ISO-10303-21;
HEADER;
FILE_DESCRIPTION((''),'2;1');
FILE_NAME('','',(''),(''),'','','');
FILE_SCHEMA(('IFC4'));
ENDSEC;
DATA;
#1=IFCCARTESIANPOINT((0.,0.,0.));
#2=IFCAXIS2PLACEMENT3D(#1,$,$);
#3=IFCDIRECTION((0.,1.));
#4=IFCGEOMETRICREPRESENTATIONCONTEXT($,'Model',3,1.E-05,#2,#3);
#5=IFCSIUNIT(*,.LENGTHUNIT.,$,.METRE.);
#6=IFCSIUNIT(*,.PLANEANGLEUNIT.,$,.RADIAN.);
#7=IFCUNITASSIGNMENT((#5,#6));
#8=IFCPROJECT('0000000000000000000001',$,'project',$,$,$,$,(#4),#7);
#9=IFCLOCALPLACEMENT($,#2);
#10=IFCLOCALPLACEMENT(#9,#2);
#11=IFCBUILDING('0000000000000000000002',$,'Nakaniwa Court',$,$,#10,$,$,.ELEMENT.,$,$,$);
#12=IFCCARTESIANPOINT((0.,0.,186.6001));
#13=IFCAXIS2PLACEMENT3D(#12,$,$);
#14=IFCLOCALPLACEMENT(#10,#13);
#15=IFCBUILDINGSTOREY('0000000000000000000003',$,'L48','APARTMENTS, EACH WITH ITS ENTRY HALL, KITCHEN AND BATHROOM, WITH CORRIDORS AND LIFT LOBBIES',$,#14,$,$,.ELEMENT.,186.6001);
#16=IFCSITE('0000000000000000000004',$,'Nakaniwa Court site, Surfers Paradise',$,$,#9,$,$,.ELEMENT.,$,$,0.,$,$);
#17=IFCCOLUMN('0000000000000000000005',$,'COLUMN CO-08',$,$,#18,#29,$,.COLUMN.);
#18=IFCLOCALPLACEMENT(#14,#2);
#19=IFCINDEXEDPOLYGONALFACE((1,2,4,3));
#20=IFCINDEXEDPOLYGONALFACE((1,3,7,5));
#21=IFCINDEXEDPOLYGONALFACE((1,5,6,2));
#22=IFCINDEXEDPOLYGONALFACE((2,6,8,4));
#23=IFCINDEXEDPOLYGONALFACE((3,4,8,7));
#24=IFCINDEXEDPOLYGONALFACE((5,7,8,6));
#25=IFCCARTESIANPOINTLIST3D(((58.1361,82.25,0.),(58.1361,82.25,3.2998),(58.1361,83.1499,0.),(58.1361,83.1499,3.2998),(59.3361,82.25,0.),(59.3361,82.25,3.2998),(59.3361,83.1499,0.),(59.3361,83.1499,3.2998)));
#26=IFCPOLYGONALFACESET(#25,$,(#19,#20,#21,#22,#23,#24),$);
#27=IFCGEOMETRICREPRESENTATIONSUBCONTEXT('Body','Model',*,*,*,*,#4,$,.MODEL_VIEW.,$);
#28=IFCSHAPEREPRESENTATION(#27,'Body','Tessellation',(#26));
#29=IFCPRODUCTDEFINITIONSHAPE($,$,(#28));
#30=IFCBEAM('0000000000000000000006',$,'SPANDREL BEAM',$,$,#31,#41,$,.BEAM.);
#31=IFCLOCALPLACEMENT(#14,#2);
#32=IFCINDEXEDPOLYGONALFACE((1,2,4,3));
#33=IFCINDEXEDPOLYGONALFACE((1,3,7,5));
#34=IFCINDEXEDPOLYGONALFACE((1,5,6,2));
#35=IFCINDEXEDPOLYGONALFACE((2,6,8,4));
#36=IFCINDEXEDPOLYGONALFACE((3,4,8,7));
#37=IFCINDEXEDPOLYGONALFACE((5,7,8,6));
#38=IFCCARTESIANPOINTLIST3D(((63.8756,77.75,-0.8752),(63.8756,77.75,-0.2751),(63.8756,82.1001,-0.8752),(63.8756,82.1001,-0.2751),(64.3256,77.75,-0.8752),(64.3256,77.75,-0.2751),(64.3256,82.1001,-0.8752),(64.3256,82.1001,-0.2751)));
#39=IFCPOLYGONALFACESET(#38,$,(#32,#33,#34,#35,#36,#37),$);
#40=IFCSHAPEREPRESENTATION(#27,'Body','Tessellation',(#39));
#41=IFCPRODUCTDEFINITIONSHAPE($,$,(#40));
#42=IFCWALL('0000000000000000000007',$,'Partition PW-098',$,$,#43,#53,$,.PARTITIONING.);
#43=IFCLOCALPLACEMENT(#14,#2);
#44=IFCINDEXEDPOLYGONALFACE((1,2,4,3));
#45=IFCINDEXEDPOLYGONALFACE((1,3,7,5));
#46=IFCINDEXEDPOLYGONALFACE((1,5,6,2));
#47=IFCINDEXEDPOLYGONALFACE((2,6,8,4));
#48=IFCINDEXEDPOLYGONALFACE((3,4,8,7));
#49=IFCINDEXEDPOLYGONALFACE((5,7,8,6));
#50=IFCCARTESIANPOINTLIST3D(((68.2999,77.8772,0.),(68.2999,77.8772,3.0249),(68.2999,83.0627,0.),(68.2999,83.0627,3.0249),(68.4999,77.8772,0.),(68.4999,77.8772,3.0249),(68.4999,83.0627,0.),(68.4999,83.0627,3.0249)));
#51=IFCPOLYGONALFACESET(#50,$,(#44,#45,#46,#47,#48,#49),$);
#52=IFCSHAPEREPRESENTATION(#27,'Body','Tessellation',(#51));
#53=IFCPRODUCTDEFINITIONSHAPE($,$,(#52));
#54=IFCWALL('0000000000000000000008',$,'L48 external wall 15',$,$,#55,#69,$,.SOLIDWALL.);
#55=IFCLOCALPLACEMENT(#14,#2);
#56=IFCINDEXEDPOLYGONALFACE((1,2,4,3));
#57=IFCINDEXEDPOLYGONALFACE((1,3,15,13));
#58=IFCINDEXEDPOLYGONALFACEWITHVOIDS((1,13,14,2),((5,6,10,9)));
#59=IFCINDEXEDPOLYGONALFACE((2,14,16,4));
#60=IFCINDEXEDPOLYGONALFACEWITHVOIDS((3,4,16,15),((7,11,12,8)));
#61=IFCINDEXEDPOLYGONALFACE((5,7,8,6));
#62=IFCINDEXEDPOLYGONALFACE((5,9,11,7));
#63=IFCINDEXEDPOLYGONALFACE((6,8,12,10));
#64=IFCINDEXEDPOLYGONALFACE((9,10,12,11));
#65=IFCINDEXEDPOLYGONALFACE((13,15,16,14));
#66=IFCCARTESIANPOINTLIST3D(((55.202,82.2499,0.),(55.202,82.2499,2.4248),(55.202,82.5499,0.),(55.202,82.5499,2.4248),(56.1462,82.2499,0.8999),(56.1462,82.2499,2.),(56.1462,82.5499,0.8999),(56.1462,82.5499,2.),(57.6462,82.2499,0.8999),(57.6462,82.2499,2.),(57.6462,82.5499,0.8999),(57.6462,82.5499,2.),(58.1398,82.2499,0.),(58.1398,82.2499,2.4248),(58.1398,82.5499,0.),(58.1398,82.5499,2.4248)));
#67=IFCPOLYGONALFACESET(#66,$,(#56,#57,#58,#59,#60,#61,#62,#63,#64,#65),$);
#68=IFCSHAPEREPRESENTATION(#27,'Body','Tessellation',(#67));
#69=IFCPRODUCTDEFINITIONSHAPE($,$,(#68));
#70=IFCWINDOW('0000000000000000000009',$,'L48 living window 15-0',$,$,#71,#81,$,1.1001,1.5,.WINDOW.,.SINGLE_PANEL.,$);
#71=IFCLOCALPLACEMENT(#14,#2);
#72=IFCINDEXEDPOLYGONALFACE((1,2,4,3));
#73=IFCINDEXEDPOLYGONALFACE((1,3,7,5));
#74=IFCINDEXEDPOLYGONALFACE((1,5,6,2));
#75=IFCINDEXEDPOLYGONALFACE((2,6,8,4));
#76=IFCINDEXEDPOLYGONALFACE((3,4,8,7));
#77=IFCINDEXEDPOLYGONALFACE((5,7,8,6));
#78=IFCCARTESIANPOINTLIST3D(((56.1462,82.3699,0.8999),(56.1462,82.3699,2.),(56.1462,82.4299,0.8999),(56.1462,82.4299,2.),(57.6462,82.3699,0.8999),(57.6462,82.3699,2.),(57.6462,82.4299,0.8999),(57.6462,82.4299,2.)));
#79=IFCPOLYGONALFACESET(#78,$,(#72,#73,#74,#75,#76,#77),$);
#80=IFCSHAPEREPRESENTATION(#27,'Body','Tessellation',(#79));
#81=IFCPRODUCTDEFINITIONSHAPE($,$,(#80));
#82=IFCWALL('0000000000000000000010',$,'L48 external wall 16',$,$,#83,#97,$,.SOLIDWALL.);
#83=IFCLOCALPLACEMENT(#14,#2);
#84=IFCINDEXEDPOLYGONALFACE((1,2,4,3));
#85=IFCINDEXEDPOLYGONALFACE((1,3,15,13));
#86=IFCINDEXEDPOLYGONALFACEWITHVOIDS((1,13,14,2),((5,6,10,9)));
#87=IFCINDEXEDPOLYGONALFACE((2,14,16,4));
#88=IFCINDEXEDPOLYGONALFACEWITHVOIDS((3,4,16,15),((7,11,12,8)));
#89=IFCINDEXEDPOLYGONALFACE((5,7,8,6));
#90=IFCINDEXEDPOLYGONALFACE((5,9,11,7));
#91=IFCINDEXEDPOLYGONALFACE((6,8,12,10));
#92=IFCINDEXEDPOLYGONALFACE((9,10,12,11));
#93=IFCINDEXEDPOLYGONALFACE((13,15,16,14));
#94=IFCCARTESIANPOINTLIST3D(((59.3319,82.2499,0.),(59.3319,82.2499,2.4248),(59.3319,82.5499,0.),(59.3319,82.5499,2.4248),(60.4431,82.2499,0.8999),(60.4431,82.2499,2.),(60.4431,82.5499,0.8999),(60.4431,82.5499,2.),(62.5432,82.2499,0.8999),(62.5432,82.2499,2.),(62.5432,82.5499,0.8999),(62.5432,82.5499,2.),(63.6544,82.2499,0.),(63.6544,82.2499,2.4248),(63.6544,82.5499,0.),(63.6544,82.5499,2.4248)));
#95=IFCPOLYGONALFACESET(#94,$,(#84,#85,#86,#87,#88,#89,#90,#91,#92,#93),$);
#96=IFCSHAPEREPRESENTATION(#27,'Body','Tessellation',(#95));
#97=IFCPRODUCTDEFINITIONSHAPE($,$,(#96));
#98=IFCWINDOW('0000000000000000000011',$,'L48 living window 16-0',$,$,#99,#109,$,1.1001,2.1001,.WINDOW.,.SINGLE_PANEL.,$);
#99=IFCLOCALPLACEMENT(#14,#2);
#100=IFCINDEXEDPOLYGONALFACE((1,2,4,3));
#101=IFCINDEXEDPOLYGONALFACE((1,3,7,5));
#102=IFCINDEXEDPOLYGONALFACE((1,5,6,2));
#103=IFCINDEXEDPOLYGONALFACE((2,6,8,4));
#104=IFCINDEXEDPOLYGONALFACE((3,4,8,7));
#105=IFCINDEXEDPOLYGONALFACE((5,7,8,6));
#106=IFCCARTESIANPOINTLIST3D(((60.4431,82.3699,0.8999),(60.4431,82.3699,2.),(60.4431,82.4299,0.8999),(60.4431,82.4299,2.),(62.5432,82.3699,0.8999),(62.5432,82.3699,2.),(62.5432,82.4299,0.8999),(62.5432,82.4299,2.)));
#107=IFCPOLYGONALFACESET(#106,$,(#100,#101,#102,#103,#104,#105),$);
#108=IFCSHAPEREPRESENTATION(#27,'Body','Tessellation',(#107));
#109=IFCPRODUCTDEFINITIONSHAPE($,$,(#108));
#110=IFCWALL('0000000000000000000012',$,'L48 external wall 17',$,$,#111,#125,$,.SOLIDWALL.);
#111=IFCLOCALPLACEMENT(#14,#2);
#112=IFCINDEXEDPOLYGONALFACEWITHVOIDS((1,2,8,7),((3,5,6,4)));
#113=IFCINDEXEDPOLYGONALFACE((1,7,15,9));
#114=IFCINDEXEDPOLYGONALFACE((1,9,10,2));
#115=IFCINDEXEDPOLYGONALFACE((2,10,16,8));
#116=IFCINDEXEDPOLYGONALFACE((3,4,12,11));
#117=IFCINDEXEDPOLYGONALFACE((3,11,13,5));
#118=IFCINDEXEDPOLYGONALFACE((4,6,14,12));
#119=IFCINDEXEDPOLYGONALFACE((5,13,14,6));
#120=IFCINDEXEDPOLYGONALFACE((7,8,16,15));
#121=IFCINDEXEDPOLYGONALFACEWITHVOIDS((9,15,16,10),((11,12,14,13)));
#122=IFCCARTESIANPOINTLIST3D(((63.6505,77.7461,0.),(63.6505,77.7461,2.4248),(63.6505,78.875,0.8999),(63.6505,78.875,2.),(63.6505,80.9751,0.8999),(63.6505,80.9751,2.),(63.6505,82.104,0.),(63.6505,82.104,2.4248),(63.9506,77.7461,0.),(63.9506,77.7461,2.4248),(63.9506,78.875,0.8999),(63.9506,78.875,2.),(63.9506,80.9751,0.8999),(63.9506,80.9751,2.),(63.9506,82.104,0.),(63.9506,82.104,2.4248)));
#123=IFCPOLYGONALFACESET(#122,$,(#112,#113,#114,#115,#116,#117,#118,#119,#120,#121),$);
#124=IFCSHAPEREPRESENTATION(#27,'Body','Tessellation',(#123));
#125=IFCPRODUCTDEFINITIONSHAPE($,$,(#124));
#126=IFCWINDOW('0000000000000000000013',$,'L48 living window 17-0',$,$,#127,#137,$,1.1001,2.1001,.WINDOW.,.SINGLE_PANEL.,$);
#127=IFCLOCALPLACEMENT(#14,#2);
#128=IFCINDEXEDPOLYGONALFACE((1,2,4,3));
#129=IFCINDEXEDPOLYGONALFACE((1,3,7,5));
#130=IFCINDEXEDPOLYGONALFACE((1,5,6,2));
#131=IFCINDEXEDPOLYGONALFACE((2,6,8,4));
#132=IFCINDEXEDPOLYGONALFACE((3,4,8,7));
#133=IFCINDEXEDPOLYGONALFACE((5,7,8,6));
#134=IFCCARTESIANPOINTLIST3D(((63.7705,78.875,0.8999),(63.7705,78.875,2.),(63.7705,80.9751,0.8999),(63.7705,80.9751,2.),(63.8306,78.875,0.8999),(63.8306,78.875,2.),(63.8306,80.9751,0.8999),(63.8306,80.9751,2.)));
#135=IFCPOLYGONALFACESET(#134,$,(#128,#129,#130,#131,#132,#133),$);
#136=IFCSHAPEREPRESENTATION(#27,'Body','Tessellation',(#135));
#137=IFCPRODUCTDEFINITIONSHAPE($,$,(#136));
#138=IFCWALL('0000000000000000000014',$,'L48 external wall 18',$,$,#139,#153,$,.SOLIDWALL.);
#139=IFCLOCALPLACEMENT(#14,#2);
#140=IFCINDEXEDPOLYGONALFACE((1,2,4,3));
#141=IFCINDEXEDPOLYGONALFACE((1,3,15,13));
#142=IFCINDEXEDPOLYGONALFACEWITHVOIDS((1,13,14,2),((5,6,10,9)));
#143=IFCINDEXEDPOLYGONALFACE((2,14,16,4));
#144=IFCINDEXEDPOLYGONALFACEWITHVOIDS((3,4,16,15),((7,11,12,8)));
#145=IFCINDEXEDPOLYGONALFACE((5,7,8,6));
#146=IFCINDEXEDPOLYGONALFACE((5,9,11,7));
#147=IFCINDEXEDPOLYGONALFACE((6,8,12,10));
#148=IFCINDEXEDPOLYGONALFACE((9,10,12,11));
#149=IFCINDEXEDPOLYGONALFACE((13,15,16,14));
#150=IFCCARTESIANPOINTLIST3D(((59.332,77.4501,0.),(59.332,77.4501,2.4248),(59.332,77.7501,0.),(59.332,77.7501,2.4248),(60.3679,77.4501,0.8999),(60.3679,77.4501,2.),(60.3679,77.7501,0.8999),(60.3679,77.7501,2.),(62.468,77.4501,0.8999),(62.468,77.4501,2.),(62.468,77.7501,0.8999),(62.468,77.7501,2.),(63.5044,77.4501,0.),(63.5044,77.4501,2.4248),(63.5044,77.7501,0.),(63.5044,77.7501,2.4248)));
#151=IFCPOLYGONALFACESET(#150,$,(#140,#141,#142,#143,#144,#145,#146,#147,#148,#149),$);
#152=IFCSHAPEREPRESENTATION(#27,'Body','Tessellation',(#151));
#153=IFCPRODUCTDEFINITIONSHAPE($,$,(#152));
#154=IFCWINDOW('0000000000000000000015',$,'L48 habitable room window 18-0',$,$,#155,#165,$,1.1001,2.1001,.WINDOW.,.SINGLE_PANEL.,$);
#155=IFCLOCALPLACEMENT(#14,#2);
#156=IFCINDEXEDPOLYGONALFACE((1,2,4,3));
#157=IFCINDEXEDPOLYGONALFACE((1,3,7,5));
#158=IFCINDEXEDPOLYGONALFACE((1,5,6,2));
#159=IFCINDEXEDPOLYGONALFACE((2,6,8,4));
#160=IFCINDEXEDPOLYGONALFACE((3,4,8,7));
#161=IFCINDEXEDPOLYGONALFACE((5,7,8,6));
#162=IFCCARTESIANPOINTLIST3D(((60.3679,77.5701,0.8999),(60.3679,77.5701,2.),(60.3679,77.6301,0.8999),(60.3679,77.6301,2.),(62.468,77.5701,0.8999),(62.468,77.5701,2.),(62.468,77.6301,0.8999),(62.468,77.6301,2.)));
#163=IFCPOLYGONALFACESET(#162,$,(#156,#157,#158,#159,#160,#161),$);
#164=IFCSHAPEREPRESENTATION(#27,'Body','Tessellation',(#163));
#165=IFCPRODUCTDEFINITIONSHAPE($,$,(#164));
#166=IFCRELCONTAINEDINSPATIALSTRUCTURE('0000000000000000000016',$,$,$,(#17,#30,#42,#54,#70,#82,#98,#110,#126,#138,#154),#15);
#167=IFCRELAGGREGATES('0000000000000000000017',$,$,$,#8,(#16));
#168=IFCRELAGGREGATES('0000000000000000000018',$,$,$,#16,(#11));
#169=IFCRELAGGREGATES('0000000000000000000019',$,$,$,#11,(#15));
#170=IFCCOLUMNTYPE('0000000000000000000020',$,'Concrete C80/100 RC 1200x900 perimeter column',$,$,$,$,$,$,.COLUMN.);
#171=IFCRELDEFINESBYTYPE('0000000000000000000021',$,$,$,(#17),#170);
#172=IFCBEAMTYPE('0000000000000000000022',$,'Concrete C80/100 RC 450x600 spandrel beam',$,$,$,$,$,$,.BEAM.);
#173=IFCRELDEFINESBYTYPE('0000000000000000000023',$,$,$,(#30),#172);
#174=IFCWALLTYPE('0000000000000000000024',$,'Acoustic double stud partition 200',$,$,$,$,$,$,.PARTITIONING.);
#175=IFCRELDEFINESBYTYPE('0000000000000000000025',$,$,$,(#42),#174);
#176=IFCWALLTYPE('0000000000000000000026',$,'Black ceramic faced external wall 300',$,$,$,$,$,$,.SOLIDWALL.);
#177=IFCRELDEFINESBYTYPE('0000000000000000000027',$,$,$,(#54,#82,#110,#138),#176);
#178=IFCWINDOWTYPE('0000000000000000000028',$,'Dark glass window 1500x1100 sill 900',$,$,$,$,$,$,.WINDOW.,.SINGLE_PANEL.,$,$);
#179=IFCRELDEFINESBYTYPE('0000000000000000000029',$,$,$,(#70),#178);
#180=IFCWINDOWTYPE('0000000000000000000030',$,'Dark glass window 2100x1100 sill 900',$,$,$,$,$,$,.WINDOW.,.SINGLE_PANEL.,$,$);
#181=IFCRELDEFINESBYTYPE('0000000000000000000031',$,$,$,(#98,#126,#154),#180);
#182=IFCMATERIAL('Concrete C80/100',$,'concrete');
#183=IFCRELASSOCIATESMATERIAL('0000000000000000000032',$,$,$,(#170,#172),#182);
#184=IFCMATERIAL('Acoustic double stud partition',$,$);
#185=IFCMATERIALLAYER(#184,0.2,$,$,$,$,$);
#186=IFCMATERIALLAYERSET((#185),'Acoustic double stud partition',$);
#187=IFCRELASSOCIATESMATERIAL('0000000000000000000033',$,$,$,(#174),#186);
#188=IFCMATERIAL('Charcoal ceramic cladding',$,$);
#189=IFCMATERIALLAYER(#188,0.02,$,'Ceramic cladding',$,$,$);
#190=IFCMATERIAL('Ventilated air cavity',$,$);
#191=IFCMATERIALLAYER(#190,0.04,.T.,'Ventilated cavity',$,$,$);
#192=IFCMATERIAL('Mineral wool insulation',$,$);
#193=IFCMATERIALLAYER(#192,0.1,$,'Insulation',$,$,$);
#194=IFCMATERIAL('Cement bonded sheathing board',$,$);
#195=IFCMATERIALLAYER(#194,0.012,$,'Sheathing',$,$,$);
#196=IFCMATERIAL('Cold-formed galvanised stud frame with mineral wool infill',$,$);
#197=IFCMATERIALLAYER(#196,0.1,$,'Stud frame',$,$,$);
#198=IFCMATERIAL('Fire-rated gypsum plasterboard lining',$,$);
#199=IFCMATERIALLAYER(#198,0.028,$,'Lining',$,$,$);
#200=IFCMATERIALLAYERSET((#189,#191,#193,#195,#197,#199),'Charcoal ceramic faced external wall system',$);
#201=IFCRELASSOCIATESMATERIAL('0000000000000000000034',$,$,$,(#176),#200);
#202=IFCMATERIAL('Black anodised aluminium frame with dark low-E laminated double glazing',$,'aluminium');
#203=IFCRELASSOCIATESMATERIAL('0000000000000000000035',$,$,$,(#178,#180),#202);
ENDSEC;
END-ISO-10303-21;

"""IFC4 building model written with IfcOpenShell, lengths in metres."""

from ifc_helpers import new_model, si_unit, direction, frame, frame_2d, origin, origin_2d, place, context, subcontext, project, spatial, rectangle, extrude, material, layer, layer_set, material_profile, profile_set, type_object, element, fill, save


model = new_model("IFC4")

# Units and contexts
model_context = context("Model", 3, precision=1e-05, world=origin(), true_north=direction((0.0, 1.0)))
body_context = subcontext(model_context, "Body", "Model", "MODEL_VIEW")
ifc_project = project(units=[si_unit("LENGTHUNIT", "METRE"), si_unit("PLANEANGLEUNIT", "RADIAN")], contexts=[model_context])

# Site, building, storey
site_placement = place(None, origin())
site = spatial("IfcSite", under=ifc_project, at=site_placement, Name="Nakaniwa Court site, Surfers Paradise", CompositionType="ELEMENT", RefElevation=0.0)
building_placement = place(site_placement, origin())
building = spatial("IfcBuilding", under=site, at=building_placement, Name="Nakaniwa Court", CompositionType="ELEMENT")
storey_placement = place(building_placement, frame((0.0, 0.0, 186.6001)))
storey = spatial("IfcBuildingStorey", under=building, at=storey_placement, Name="L48", Description="APARTMENTS, EACH WITH ITS ENTRY HALL, KITCHEN AND BATHROOM, WITH CORRIDORS AND LIFT LOBBIES", CompositionType="ELEMENT", Elevation=186.6001)

# Column
ifc_material_1 = material(Name="Concrete C80/100", Category="concrete")
ifc_material_profile_1 = material_profile(ifc_material_1, rectangle(XDim=1.2, YDim=0.8999, at=origin_2d()), Name="Concrete C80/100 RC 1200x900 perimeter column")
ifc_profile_set_1 = profile_set([ifc_material_profile_1], Name="Concrete C80/100")
column_type = type_object("IfcColumnType", Name="Concrete C80/100 RC 1200x900 perimeter column", PredefinedType="COLUMN", material=ifc_profile_set_1)
column_placement = place(storey_placement, frame((58.7361, 82.7, 0.0), z_axis=(0.0, 0.0, 1.0), x_axis=(1.0, 0.0, 0.0)))
element("IfcColumn", 1, at=column_placement, inside=storey, type_object=column_type, Name="COLUMN CO-08", PredefinedType="COLUMN", context=body_context, shape_type="SweptSolid", body=[
    extrude(rectangle(XDim=1.2, YDim=0.8999, at=origin_2d()), origin(), (0.0, 0.0, 1.0), 3.2998),
])

# Beam
ifc_material_profile_2 = material_profile(ifc_material_1, rectangle(XDim=0.45, YDim=0.6001, at=origin_2d()), Name="Concrete C80/100 RC 450x600 spandrel beam")
ifc_profile_set_2 = profile_set([ifc_material_profile_2], Name="Concrete C80/100")
beam_type = type_object("IfcBeamType", Name="Concrete C80/100 RC 450x600 spandrel beam", PredefinedType="BEAM", material=ifc_profile_set_2)
beam_placement = place(storey_placement, frame((64.1006, 82.1001, -0.5752), z_axis=(0.0, -1.0, 0.0), x_axis=(1.0, 0.0, 0.0)))
element("IfcBeam", 2, at=beam_placement, inside=storey, type_object=beam_type, Name="SPANDREL BEAM", PredefinedType="BEAM", context=body_context, shape_type="SweptSolid", body=[
    extrude(rectangle(XDim=0.45, YDim=0.6001, at=origin_2d()), origin(), (0.0, 0.0, 1.0), 4.3501),
])

# Wall
ifc_material_2 = material(Name="Acoustic double stud partition")
ifc_layer_1 = layer(ifc_material_2, 0.2)
ifc_layer_set_1 = layer_set([ifc_layer_1], Name="Acoustic double stud partition")
wall_type_1 = type_object("IfcWallType", Name="Acoustic double stud partition 200", PredefinedType="PARTITIONING", material=ifc_layer_set_1)
wall_1_placement = place(storey_placement, frame((68.3999, 77.8772, 0.0), z_axis=(0.0, 0.0, 1.0), x_axis=(0.0, 1.0, 0.0)))
element("IfcWall", 3, at=wall_1_placement, inside=storey, type_object=wall_type_1, Name="Partition PW-098", PredefinedType="PARTITIONING", context=body_context, shape_type="SweptSolid", body=[
    extrude(rectangle(XDim=5.1855, YDim=0.2, at=frame_2d((2.5928, 0.0))), origin(), (0.0, 0.0, 1.0), 3.0249),
])

# Walls, openings, windows
ifc_material_3 = material(Name="Charcoal ceramic cladding")
ifc_layer_2 = layer(ifc_material_3, 0.02, Name="Ceramic cladding")
ifc_material_4 = material(Name="Ventilated air cavity")
ifc_layer_3 = layer(ifc_material_4, 0.04, ventilated=True, Name="Ventilated cavity")
ifc_material_5 = material(Name="Mineral wool insulation")
ifc_layer_4 = layer(ifc_material_5, 0.1, Name="Insulation")
ifc_material_6 = material(Name="Cement bonded sheathing board")
ifc_layer_5 = layer(ifc_material_6, 0.012, Name="Sheathing")
ifc_material_7 = material(Name="Cold-formed galvanised stud frame with mineral wool infill")
ifc_layer_6 = layer(ifc_material_7, 0.1, Name="Stud frame")
ifc_material_8 = material(Name="Fire-rated gypsum plasterboard lining")
ifc_layer_7 = layer(ifc_material_8, 0.028, Name="Lining")
ifc_layer_set_2 = layer_set([ifc_layer_2, ifc_layer_3, ifc_layer_4, ifc_layer_5, ifc_layer_6, ifc_layer_7], Name="Charcoal ceramic faced external wall system")
wall_type_2 = type_object("IfcWallType", Name="Black ceramic faced external wall 300", PredefinedType="SOLIDWALL", material=ifc_layer_set_2)
wall_2_placement = place(storey_placement, frame((55.2021, 82.3999, 0.0), z_axis=(0.0, 0.0, 1.0), x_axis=(1.0, 0.0, 0.0)))
wall_2 = element("IfcWall", 4, at=wall_2_placement, inside=storey, type_object=wall_type_2, Name="L48 external wall 15", PredefinedType="SOLIDWALL", context=body_context, shape_type="SweptSolid", body=[
    extrude(rectangle(XDim=2.9377, YDim=0.3, at=frame_2d((1.4688, 0.0))), origin(), (0.0, 0.0, 1.0), 2.4248),
])
opening_1_placement = place(wall_2_placement, frame((0.9441, 0.0, 0.8999)))
opening_1 = element("IfcOpeningElement", 5, at=opening_1_placement, cuts=wall_2, PredefinedType="OPENING", context=body_context, shape_type="SweptSolid", body=[
    extrude(rectangle(XDim=1.5, YDim=1.1001, at=frame_2d((0.75, 0.55))), frame((0.0, 0.1599, 0.0), z_axis=(0.0, -1.0, 0.0), x_axis=(1.0, 0.0, 0.0)), (0.0, 0.0, 1.0), 0.3201),
])
ifc_material_9 = material(Name="Black anodised aluminium frame with dark low-E laminated double glazing", Category="aluminium")
window_type_1 = type_object("IfcWindowType", Name="Dark glass window 1500x1100 sill 900", PartitioningType="SINGLE_PANEL", PredefinedType="WINDOW", material=ifc_material_9)
window_1_placement = place(opening_1_placement, origin())
window_1 = element("IfcWindow", 6, at=window_1_placement, inside=storey, type_object=window_type_1, Name="L48 living window 15-0", OverallHeight=1.1001, OverallWidth=1.5, PartitioningType="SINGLE_PANEL", PredefinedType="WINDOW", context=body_context, shape_type="SweptSolid", body=[
    extrude(rectangle(XDim=1.5, YDim=1.1001, at=frame_2d((0.75, 0.55))), frame((0.0, 0.03, 0.0), z_axis=(0.0, -1.0, 0.0), x_axis=(1.0, 0.0, 0.0)), (0.0, 0.0, 1.0), 0.0601),
])
fill(opening_1, window_1)
wall_3_placement = place(storey_placement, frame((59.332, 82.3999, 0.0), z_axis=(0.0, 0.0, 1.0), x_axis=(1.0, 0.0, 0.0)))
wall_3 = element("IfcWall", 7, at=wall_3_placement, inside=storey, type_object=wall_type_2, Name="L48 external wall 16", PredefinedType="SOLIDWALL", context=body_context, shape_type="SweptSolid", body=[
    extrude(rectangle(XDim=4.3225, YDim=0.3, at=frame_2d((2.1611, 0.0))), origin(), (0.0, 0.0, 1.0), 2.4248),
])
opening_2_placement = place(wall_3_placement, frame((1.1111, 0.0, 0.8999)))
opening_2 = element("IfcOpeningElement", 8, at=opening_2_placement, cuts=wall_3, PredefinedType="OPENING", context=body_context, shape_type="SweptSolid", body=[
    extrude(rectangle(XDim=2.1001, YDim=1.1001, at=frame_2d((1.05, 0.55))), frame((0.0, 0.1599, 0.0), z_axis=(0.0, -1.0, 0.0), x_axis=(1.0, 0.0, 0.0)), (0.0, 0.0, 1.0), 0.3201),
])
window_type_2 = type_object("IfcWindowType", Name="Dark glass window 2100x1100 sill 900", PartitioningType="SINGLE_PANEL", PredefinedType="WINDOW", material=ifc_material_9)
window_2_placement = place(opening_2_placement, origin())
window_2 = element("IfcWindow", 9, at=window_2_placement, inside=storey, type_object=window_type_2, Name="L48 living window 16-0", OverallHeight=1.1001, OverallWidth=2.1001, PartitioningType="SINGLE_PANEL", PredefinedType="WINDOW", context=body_context, shape_type="SweptSolid", body=[
    extrude(rectangle(XDim=2.1001, YDim=1.1001, at=frame_2d((1.05, 0.55))), frame((0.0, 0.03, 0.0), z_axis=(0.0, -1.0, 0.0), x_axis=(1.0, 0.0, 0.0)), (0.0, 0.0, 1.0), 0.0601),
])
fill(opening_2, window_2)
wall_4_placement = place(storey_placement, frame((63.8005, 82.104, 0.0), z_axis=(0.0, 0.0, 1.0), x_axis=(0.0, -1.0, 0.0)))
wall_4 = element("IfcWall", 10, at=wall_4_placement, inside=storey, type_object=wall_type_2, Name="L48 external wall 17", PredefinedType="SOLIDWALL", context=body_context, shape_type="SweptSolid", body=[
    extrude(rectangle(XDim=4.3579, YDim=0.3, at=frame_2d((2.179, 0.0))), origin(), (0.0, 0.0, 1.0), 2.4248),
])
opening_3_placement = place(wall_4_placement, frame((1.1289, 0.0, 0.8999)))
opening_3 = element("IfcOpeningElement", 11, at=opening_3_placement, cuts=wall_4, PredefinedType="OPENING", context=body_context, shape_type="SweptSolid", body=[
    extrude(rectangle(XDim=2.1001, YDim=1.1001, at=frame_2d((1.05, 0.55))), frame((0.0, 0.1599, 0.0), z_axis=(0.0, -1.0, 0.0), x_axis=(1.0, 0.0, 0.0)), (0.0, 0.0, 1.0), 0.3201),
])
window_3_placement = place(opening_3_placement, origin())
window_3 = element("IfcWindow", 12, at=window_3_placement, inside=storey, type_object=window_type_2, Name="L48 living window 17-0", OverallHeight=1.1001, OverallWidth=2.1001, PartitioningType="SINGLE_PANEL", PredefinedType="WINDOW", context=body_context, shape_type="SweptSolid", body=[
    extrude(rectangle(XDim=2.1001, YDim=1.1001, at=frame_2d((1.05, 0.55))), frame((0.0, 0.03, 0.0), z_axis=(0.0, -1.0, 0.0), x_axis=(1.0, 0.0, 0.0)), (0.0, 0.0, 1.0), 0.0601),
])
fill(opening_3, window_3)
wall_5_placement = place(storey_placement, frame((63.5044, 77.6001, 0.0), z_axis=(0.0, 0.0, 1.0), x_axis=(-1.0, 0.0, 0.0)))
wall_5 = element("IfcWall", 13, at=wall_5_placement, inside=storey, type_object=wall_type_2, Name="L48 external wall 18", PredefinedType="SOLIDWALL", context=body_context, shape_type="SweptSolid", body=[
    extrude(rectangle(XDim=4.1724, YDim=0.3, at=frame_2d((2.0862, 0.0))), origin(), (0.0, 0.0, 1.0), 2.4248),
])
opening_4_placement = place(wall_5_placement, frame((1.0364, 0.0, 0.8999)))
opening_4 = element("IfcOpeningElement", 14, at=opening_4_placement, cuts=wall_5, PredefinedType="OPENING", context=body_context, shape_type="SweptSolid", body=[
    extrude(rectangle(XDim=2.1001, YDim=1.1001, at=frame_2d((1.05, 0.55))), frame((0.0, 0.1599, 0.0), z_axis=(0.0, -1.0, 0.0), x_axis=(1.0, 0.0, 0.0)), (0.0, 0.0, 1.0), 0.3201),
])
window_4_placement = place(opening_4_placement, origin())
window_4 = element("IfcWindow", 15, at=window_4_placement, inside=storey, type_object=window_type_2, Name="L48 habitable room window 18-0", OverallHeight=1.1001, OverallWidth=2.1001, PartitioningType="SINGLE_PANEL", PredefinedType="WINDOW", context=body_context, shape_type="SweptSolid", body=[
    extrude(rectangle(XDim=2.1001, YDim=1.1001, at=frame_2d((1.05, 0.55))), frame((0.0, 0.03, 0.0), z_axis=(0.0, -1.0, 0.0), x_axis=(1.0, 0.0, 0.0)), (0.0, 0.0, 1.0), 0.0601),
])
fill(opening_4, window_4)

save(model, "model.ifc")
